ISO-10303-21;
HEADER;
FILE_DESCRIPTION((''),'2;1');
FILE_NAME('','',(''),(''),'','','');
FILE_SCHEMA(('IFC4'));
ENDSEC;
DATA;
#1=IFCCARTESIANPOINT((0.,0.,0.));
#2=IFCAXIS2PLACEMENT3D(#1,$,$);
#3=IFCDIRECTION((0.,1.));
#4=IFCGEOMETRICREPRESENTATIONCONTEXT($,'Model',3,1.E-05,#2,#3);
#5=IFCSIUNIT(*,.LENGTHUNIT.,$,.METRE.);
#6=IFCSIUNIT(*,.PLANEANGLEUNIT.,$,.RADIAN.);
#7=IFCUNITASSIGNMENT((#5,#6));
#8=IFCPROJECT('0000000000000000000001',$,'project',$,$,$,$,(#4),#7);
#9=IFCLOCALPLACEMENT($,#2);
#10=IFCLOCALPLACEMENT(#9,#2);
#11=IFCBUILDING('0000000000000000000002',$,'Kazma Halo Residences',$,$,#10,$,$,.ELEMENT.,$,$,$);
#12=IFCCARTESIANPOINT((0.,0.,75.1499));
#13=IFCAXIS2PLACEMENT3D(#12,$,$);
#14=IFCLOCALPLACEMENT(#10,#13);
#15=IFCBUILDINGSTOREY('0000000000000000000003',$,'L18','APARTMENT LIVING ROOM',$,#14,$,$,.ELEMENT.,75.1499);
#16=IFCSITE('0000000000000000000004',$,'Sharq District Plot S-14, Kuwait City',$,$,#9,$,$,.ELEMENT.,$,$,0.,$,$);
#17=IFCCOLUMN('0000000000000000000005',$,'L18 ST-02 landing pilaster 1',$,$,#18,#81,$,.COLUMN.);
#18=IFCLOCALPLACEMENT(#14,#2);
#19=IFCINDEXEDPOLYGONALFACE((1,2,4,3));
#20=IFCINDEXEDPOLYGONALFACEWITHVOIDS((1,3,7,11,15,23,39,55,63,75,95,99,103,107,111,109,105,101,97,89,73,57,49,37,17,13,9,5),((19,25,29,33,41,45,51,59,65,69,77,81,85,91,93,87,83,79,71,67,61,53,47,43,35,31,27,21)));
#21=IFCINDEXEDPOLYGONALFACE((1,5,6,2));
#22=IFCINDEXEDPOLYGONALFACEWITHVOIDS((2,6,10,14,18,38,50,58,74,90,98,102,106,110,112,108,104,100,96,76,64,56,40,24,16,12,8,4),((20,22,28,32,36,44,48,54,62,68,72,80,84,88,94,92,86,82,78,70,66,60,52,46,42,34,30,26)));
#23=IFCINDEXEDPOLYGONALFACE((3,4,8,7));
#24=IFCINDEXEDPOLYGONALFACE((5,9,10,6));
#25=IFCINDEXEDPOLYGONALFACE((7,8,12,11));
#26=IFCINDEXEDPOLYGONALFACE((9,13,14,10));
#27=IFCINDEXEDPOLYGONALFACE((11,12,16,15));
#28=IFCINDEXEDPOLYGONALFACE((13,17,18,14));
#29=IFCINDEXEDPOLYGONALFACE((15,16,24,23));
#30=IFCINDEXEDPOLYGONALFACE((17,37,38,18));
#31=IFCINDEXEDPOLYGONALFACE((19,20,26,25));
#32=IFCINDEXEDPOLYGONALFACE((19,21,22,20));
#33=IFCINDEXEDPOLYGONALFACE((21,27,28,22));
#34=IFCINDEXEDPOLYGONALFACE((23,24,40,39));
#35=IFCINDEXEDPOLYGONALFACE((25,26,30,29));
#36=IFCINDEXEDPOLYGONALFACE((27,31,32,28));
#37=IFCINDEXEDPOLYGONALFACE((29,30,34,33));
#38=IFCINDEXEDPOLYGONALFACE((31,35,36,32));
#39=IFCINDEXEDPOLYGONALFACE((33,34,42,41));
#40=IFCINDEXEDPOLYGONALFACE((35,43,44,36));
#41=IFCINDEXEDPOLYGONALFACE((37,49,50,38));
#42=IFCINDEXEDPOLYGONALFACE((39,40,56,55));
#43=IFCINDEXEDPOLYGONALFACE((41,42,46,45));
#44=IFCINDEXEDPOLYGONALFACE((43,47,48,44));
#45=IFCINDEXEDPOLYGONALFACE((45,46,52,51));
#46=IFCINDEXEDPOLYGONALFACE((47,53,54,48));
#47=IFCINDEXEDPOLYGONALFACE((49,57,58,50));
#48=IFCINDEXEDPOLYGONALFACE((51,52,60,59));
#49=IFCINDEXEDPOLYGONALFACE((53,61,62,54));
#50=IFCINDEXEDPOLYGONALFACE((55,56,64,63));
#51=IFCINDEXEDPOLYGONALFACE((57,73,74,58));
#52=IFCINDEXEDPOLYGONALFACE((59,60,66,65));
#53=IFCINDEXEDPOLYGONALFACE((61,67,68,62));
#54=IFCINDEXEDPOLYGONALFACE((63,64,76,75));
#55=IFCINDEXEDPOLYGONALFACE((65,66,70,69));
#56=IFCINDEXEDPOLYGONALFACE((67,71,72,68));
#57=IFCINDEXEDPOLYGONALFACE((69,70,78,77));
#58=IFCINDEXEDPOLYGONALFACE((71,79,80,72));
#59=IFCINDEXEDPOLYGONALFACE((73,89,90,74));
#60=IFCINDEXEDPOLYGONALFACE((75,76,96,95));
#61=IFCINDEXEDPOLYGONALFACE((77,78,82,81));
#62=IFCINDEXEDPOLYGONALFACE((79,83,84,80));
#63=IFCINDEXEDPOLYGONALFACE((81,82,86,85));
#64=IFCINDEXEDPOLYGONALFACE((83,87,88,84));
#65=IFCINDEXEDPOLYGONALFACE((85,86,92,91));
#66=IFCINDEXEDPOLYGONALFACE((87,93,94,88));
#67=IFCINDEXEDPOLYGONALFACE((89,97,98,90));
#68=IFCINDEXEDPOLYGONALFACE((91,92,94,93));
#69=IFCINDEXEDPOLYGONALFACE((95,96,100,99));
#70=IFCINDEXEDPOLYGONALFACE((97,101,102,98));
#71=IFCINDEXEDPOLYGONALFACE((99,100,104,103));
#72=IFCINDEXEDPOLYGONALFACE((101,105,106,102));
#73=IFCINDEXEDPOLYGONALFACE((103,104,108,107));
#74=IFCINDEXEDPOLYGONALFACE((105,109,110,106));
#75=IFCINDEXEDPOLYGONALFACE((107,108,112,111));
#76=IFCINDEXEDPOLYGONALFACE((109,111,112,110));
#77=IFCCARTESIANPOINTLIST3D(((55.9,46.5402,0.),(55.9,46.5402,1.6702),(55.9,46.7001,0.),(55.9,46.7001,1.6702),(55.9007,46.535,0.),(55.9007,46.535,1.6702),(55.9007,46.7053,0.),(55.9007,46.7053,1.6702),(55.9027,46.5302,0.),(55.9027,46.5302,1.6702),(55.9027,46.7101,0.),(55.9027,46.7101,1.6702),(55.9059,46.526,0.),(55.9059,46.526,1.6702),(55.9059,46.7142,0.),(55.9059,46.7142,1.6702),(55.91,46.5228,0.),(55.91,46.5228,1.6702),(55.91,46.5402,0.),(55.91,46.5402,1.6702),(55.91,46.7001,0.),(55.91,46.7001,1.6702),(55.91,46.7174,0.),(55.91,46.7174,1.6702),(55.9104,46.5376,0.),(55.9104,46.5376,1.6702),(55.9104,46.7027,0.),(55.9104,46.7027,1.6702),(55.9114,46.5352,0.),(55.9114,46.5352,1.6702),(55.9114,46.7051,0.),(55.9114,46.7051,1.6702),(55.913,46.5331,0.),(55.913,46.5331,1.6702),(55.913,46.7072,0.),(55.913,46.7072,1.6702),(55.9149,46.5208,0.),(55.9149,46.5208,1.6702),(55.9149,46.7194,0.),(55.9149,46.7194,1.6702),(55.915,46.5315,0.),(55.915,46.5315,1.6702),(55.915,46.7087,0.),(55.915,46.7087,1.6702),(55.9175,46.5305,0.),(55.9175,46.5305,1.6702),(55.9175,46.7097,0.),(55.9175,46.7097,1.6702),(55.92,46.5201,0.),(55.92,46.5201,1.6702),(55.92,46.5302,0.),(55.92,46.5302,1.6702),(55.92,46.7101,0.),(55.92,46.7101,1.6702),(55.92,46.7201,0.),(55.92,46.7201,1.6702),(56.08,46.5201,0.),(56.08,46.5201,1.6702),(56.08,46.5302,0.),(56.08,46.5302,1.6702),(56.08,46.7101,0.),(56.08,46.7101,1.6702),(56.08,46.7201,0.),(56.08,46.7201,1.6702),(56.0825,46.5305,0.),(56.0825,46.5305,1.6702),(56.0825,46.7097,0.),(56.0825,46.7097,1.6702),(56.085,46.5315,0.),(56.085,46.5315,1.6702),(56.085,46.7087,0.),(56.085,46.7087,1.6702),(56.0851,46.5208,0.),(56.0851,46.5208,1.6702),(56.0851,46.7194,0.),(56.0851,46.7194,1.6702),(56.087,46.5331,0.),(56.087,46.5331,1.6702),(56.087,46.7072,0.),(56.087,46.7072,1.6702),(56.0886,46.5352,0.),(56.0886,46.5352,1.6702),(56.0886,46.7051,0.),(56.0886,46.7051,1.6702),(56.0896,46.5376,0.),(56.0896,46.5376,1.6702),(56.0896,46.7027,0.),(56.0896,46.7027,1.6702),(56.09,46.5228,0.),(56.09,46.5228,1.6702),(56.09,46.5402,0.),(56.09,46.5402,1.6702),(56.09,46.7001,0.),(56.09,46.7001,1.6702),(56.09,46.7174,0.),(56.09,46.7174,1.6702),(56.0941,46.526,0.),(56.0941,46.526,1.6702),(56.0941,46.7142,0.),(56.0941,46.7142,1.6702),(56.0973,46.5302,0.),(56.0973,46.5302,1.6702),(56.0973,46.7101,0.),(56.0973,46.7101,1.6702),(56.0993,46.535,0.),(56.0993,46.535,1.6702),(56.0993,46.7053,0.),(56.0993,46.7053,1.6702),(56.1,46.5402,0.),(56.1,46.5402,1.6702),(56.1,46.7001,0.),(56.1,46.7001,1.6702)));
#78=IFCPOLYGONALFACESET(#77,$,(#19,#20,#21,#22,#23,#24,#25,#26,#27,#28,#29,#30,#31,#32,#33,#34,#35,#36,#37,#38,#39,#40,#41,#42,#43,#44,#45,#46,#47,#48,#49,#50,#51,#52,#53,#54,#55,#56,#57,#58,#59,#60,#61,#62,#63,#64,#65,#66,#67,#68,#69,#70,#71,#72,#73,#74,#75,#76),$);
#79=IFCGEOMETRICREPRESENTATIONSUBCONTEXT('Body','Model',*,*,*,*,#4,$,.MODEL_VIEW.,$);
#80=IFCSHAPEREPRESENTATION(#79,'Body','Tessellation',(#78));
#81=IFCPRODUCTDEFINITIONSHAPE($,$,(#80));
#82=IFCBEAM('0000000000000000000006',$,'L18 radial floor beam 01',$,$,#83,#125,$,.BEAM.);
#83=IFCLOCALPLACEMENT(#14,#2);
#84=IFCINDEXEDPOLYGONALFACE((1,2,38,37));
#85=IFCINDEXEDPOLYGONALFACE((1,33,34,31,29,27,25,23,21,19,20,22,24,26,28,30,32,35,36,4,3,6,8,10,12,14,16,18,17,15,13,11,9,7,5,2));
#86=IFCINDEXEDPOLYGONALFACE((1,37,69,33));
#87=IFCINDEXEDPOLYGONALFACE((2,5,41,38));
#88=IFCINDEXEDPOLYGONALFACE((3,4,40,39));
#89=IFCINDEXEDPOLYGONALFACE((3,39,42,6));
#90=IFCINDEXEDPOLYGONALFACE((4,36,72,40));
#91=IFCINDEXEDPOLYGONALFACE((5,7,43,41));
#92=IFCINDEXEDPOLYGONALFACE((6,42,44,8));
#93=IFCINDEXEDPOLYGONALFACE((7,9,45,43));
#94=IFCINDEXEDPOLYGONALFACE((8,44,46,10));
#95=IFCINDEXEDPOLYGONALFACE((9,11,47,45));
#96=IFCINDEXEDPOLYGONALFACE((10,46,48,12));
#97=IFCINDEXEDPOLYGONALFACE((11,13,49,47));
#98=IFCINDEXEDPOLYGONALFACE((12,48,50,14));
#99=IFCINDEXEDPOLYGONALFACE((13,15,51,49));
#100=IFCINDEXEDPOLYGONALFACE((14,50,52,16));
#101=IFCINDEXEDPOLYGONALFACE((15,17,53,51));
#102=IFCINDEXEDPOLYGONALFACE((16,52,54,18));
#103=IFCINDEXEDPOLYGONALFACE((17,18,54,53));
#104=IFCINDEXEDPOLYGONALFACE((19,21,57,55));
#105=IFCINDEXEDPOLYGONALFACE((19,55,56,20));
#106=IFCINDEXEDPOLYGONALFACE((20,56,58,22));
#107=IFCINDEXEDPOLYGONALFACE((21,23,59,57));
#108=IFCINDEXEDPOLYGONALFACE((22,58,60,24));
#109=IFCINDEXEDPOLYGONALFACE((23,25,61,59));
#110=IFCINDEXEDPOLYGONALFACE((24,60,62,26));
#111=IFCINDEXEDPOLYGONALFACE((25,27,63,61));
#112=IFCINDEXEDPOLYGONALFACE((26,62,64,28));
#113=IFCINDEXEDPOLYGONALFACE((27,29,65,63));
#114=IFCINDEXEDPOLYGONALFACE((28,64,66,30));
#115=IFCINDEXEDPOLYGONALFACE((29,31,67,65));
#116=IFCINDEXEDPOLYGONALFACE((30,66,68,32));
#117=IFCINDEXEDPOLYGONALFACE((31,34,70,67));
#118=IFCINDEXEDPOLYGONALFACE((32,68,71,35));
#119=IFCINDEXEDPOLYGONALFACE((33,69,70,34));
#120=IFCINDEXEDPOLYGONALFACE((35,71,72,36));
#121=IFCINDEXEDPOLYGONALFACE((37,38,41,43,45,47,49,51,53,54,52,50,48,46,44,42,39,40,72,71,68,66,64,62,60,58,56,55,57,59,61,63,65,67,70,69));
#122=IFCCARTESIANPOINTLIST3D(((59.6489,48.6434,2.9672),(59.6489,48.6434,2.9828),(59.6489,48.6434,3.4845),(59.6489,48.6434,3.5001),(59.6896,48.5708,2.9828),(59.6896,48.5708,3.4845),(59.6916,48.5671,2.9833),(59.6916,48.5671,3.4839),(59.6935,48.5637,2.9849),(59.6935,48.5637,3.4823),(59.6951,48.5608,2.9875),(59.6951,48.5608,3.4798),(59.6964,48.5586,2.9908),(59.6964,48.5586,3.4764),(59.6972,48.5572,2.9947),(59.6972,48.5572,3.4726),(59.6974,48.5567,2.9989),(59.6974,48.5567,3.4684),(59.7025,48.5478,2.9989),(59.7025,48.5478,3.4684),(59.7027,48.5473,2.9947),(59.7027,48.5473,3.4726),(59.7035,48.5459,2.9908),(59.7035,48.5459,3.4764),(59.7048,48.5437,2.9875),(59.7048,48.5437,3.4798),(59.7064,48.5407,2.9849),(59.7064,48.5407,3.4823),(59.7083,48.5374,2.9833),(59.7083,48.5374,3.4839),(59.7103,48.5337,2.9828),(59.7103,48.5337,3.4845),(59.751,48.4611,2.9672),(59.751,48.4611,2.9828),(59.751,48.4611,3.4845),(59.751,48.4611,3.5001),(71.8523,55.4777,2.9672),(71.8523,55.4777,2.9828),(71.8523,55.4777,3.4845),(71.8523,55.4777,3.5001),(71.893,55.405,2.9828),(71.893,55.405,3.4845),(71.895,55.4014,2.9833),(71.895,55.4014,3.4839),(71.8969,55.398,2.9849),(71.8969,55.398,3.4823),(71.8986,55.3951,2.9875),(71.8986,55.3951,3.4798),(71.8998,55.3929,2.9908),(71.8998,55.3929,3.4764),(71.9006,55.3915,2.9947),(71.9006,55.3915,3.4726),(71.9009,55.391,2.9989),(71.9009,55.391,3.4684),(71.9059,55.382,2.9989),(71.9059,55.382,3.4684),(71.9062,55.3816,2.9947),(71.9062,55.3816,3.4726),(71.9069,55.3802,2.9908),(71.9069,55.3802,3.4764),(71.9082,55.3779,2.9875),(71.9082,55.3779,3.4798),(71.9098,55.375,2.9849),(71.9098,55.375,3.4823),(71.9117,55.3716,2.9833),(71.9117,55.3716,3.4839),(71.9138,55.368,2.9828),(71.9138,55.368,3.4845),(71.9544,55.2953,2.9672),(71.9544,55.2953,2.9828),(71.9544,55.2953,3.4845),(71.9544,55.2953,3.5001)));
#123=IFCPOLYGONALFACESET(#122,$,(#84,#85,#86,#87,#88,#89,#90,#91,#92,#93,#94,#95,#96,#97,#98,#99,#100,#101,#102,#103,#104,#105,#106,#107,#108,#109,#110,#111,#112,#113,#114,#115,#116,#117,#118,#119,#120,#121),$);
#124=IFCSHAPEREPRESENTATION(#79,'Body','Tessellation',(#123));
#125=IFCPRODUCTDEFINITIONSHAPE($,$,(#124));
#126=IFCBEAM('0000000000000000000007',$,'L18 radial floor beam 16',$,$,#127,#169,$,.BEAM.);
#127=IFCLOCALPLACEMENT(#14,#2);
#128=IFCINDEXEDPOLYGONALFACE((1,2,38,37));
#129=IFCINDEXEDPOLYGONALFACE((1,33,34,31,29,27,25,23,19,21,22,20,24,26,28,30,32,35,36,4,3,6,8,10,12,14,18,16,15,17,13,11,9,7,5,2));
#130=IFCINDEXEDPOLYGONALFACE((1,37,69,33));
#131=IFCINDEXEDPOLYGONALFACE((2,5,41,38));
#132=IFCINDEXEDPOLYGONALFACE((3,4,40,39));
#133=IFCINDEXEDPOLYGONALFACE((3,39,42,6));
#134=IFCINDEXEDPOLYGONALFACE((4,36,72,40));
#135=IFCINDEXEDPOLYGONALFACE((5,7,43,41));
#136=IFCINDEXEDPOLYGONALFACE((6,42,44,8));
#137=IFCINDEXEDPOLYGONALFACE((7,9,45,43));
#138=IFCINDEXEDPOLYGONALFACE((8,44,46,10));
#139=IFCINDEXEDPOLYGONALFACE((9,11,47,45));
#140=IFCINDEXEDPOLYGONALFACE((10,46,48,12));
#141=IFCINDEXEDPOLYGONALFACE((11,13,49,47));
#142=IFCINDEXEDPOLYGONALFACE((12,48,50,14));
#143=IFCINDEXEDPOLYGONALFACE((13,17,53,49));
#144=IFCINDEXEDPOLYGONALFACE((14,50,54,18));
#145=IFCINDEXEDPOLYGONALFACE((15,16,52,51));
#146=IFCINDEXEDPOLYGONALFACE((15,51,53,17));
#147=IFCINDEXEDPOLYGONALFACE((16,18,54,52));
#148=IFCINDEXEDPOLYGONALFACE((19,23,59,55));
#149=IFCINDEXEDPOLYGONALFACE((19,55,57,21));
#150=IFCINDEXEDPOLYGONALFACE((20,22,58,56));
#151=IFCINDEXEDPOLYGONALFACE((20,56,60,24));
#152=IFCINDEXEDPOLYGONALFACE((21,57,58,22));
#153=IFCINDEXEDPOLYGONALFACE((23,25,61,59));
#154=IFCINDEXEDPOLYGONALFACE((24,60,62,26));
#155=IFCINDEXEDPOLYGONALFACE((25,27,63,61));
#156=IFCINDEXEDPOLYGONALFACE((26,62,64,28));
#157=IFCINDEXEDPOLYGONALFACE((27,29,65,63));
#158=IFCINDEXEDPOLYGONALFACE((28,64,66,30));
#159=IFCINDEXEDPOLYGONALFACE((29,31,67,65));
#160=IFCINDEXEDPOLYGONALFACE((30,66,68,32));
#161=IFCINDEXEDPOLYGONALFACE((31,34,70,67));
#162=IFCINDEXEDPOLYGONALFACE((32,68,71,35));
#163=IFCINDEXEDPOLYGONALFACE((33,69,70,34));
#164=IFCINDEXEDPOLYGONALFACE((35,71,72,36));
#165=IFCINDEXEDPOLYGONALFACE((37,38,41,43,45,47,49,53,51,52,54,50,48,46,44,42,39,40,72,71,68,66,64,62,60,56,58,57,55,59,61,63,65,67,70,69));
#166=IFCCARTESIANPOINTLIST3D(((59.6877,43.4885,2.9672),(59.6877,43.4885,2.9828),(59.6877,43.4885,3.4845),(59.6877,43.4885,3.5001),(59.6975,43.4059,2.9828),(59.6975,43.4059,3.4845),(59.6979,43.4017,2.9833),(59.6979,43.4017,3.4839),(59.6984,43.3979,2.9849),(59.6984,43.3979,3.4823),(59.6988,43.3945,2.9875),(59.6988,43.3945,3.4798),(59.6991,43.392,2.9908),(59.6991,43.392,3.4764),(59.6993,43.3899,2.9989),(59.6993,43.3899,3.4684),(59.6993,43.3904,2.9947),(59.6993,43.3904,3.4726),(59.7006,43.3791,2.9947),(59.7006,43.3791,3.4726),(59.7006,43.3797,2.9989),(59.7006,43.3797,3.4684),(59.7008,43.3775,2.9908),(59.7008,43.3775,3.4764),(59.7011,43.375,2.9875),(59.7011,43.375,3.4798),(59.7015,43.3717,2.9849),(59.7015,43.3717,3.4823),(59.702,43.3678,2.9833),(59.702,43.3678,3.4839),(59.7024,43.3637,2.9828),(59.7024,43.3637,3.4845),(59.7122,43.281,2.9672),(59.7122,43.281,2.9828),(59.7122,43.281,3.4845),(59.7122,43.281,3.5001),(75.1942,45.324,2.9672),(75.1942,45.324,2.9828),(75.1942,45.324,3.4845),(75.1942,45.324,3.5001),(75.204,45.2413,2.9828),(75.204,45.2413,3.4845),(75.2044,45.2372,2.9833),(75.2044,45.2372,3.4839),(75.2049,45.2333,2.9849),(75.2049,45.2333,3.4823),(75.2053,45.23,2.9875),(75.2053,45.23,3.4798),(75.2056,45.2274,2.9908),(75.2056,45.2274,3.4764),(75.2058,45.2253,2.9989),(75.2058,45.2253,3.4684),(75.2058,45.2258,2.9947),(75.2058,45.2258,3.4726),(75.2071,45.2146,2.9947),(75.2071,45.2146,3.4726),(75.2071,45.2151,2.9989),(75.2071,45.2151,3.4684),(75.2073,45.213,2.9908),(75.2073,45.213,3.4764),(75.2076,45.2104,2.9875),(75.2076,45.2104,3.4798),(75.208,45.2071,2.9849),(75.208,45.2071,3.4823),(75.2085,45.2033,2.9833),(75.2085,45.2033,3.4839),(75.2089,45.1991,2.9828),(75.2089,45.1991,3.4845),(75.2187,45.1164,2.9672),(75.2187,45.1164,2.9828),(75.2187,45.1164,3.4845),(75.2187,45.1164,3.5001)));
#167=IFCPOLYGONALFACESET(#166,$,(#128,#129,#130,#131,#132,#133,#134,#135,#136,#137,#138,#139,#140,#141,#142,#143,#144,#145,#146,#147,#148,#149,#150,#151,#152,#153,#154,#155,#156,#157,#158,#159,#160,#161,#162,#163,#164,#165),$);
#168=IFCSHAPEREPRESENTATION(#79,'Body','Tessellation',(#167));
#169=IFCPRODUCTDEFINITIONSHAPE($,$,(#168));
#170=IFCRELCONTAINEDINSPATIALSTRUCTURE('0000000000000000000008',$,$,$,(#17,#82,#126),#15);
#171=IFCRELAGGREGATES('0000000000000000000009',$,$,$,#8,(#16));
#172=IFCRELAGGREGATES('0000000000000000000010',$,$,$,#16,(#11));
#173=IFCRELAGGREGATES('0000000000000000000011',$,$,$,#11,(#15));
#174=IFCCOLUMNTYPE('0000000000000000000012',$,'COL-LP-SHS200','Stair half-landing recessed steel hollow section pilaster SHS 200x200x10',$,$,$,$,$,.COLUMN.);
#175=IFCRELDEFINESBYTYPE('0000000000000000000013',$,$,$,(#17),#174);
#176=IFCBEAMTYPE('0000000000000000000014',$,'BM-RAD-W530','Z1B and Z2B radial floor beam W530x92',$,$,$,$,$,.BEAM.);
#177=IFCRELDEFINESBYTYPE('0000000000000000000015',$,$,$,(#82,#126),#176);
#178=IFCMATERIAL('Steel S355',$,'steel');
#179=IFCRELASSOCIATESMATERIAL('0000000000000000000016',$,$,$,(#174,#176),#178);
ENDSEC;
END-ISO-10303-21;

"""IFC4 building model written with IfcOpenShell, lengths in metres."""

from ifc_helpers import new_model, si_unit, direction, frame, origin, origin_2d, place, context, subcontext, project, spatial, hollow_rectangle, i_section, extrude, material, material_profile, profile_set, type_object, element, save


model = new_model("IFC4")

# Units and contexts
model_context = context("Model", 3, precision=1e-05, world=origin(), true_north=direction((0.0, 1.0)))
body_context = subcontext(model_context, "Body", "Model", "MODEL_VIEW")
ifc_project = project(units=[si_unit("LENGTHUNIT", "METRE"), si_unit("PLANEANGLEUNIT", "RADIAN")], contexts=[model_context])

# Site, building, storey
site_placement = place(None, origin())
site = spatial("IfcSite", under=ifc_project, at=site_placement, Name="Sharq District Plot S-14, Kuwait City", CompositionType="ELEMENT", RefElevation=0.0)
building_placement = place(site_placement, origin())
building = spatial("IfcBuilding", under=site, at=building_placement, Name="Kazma Halo Residences", CompositionType="ELEMENT")
storey_placement = place(building_placement, frame((0.0, 0.0, 75.1499)))
storey = spatial("IfcBuildingStorey", under=building, at=storey_placement, Name="L18", Description="APARTMENT LIVING ROOM", CompositionType="ELEMENT", Elevation=75.1499)

# Column
ifc_material_1 = material(Name="Steel S355", Category="steel")
ifc_material_profile_1 = material_profile(ifc_material_1, hollow_rectangle(XDim=0.2, YDim=0.2, WallThickness=0.01, InnerFilletRadius=0.01, OuterFilletRadius=0.02, at=origin_2d()), Name="SHS200x200x10")
ifc_profile_set_1 = profile_set([ifc_material_profile_1], Name="Steel S355")
column_type = type_object("IfcColumnType", Name="COL-LP-SHS200", Description="Stair half-landing recessed steel hollow section pilaster SHS 200x200x10", PredefinedType="COLUMN", material=ifc_profile_set_1)
column_placement = place(storey_placement, frame((56.0, 46.6201, 0.0), z_axis=(0.0, 0.0, 1.0), x_axis=(1.0, 0.0, 0.0)))
element("IfcColumn", 1, at=column_placement, inside=storey, type_object=column_type, Name="L18 ST-02 landing pilaster 1", PredefinedType="COLUMN", context=body_context, shape_type="SweptSolid", body=[
    extrude(hollow_rectangle(XDim=0.2, YDim=0.2, WallThickness=0.01, InnerFilletRadius=0.01, OuterFilletRadius=0.02, at=origin_2d()), origin(), (0.0, 0.0, 1.0), 1.6702),
])

# Beams
ifc_material_profile_2 = material_profile(ifc_material_1, i_section(OverallWidth=0.209, OverallDepth=0.533, WebThickness=0.0103, FlangeThickness=0.0156, FilletRadius=0.0161, at=origin_2d()), Name="W530x92")
ifc_profile_set_2 = profile_set([ifc_material_profile_2], Name="Steel S355")
beam_type_1 = type_object("IfcBeamType", Name="BM-RAD-W530", Description="Z1B and Z2B radial floor beam W530x92", PredefinedType="BEAM", material=ifc_profile_set_2)
beam_1_placement = place(storey_placement, frame((59.7, 48.5522, 3.2336), z_axis=(0.872496, 0.488622, 0.0), x_axis=(-0.488622, 0.872496, 0.0)))
element("IfcBeam", 2, at=beam_1_placement, inside=storey, type_object=beam_type_1, Name="L18 radial floor beam 01", PredefinedType="BEAM", context=body_context, shape_type="SweptSolid", body=[
    extrude(i_section(OverallWidth=0.209, OverallDepth=0.533, WebThickness=0.0103, FlangeThickness=0.0156, FilletRadius=0.0161, at=origin_2d()), origin(), (0.0, 0.0, 1.0), 13.9868),
])
beam_2_placement = place(storey_placement, frame((59.7, 43.3848, 3.2336), z_axis=(0.993068, 0.117545, 0.0), x_axis=(-0.117545, 0.993068, 0.0)))
element("IfcBeam", 3, at=beam_2_placement, inside=storey, type_object=beam_type_1, Name="L18 radial floor beam 16", PredefinedType="BEAM", context=body_context, shape_type="SweptSolid", body=[
    extrude(i_section(OverallWidth=0.209, OverallDepth=0.533, WebThickness=0.0103, FlangeThickness=0.0156, FilletRadius=0.0161, at=origin_2d()), origin(), (0.0, 0.0, 1.0), 15.6147),
])

save(model, "model.ifc")
